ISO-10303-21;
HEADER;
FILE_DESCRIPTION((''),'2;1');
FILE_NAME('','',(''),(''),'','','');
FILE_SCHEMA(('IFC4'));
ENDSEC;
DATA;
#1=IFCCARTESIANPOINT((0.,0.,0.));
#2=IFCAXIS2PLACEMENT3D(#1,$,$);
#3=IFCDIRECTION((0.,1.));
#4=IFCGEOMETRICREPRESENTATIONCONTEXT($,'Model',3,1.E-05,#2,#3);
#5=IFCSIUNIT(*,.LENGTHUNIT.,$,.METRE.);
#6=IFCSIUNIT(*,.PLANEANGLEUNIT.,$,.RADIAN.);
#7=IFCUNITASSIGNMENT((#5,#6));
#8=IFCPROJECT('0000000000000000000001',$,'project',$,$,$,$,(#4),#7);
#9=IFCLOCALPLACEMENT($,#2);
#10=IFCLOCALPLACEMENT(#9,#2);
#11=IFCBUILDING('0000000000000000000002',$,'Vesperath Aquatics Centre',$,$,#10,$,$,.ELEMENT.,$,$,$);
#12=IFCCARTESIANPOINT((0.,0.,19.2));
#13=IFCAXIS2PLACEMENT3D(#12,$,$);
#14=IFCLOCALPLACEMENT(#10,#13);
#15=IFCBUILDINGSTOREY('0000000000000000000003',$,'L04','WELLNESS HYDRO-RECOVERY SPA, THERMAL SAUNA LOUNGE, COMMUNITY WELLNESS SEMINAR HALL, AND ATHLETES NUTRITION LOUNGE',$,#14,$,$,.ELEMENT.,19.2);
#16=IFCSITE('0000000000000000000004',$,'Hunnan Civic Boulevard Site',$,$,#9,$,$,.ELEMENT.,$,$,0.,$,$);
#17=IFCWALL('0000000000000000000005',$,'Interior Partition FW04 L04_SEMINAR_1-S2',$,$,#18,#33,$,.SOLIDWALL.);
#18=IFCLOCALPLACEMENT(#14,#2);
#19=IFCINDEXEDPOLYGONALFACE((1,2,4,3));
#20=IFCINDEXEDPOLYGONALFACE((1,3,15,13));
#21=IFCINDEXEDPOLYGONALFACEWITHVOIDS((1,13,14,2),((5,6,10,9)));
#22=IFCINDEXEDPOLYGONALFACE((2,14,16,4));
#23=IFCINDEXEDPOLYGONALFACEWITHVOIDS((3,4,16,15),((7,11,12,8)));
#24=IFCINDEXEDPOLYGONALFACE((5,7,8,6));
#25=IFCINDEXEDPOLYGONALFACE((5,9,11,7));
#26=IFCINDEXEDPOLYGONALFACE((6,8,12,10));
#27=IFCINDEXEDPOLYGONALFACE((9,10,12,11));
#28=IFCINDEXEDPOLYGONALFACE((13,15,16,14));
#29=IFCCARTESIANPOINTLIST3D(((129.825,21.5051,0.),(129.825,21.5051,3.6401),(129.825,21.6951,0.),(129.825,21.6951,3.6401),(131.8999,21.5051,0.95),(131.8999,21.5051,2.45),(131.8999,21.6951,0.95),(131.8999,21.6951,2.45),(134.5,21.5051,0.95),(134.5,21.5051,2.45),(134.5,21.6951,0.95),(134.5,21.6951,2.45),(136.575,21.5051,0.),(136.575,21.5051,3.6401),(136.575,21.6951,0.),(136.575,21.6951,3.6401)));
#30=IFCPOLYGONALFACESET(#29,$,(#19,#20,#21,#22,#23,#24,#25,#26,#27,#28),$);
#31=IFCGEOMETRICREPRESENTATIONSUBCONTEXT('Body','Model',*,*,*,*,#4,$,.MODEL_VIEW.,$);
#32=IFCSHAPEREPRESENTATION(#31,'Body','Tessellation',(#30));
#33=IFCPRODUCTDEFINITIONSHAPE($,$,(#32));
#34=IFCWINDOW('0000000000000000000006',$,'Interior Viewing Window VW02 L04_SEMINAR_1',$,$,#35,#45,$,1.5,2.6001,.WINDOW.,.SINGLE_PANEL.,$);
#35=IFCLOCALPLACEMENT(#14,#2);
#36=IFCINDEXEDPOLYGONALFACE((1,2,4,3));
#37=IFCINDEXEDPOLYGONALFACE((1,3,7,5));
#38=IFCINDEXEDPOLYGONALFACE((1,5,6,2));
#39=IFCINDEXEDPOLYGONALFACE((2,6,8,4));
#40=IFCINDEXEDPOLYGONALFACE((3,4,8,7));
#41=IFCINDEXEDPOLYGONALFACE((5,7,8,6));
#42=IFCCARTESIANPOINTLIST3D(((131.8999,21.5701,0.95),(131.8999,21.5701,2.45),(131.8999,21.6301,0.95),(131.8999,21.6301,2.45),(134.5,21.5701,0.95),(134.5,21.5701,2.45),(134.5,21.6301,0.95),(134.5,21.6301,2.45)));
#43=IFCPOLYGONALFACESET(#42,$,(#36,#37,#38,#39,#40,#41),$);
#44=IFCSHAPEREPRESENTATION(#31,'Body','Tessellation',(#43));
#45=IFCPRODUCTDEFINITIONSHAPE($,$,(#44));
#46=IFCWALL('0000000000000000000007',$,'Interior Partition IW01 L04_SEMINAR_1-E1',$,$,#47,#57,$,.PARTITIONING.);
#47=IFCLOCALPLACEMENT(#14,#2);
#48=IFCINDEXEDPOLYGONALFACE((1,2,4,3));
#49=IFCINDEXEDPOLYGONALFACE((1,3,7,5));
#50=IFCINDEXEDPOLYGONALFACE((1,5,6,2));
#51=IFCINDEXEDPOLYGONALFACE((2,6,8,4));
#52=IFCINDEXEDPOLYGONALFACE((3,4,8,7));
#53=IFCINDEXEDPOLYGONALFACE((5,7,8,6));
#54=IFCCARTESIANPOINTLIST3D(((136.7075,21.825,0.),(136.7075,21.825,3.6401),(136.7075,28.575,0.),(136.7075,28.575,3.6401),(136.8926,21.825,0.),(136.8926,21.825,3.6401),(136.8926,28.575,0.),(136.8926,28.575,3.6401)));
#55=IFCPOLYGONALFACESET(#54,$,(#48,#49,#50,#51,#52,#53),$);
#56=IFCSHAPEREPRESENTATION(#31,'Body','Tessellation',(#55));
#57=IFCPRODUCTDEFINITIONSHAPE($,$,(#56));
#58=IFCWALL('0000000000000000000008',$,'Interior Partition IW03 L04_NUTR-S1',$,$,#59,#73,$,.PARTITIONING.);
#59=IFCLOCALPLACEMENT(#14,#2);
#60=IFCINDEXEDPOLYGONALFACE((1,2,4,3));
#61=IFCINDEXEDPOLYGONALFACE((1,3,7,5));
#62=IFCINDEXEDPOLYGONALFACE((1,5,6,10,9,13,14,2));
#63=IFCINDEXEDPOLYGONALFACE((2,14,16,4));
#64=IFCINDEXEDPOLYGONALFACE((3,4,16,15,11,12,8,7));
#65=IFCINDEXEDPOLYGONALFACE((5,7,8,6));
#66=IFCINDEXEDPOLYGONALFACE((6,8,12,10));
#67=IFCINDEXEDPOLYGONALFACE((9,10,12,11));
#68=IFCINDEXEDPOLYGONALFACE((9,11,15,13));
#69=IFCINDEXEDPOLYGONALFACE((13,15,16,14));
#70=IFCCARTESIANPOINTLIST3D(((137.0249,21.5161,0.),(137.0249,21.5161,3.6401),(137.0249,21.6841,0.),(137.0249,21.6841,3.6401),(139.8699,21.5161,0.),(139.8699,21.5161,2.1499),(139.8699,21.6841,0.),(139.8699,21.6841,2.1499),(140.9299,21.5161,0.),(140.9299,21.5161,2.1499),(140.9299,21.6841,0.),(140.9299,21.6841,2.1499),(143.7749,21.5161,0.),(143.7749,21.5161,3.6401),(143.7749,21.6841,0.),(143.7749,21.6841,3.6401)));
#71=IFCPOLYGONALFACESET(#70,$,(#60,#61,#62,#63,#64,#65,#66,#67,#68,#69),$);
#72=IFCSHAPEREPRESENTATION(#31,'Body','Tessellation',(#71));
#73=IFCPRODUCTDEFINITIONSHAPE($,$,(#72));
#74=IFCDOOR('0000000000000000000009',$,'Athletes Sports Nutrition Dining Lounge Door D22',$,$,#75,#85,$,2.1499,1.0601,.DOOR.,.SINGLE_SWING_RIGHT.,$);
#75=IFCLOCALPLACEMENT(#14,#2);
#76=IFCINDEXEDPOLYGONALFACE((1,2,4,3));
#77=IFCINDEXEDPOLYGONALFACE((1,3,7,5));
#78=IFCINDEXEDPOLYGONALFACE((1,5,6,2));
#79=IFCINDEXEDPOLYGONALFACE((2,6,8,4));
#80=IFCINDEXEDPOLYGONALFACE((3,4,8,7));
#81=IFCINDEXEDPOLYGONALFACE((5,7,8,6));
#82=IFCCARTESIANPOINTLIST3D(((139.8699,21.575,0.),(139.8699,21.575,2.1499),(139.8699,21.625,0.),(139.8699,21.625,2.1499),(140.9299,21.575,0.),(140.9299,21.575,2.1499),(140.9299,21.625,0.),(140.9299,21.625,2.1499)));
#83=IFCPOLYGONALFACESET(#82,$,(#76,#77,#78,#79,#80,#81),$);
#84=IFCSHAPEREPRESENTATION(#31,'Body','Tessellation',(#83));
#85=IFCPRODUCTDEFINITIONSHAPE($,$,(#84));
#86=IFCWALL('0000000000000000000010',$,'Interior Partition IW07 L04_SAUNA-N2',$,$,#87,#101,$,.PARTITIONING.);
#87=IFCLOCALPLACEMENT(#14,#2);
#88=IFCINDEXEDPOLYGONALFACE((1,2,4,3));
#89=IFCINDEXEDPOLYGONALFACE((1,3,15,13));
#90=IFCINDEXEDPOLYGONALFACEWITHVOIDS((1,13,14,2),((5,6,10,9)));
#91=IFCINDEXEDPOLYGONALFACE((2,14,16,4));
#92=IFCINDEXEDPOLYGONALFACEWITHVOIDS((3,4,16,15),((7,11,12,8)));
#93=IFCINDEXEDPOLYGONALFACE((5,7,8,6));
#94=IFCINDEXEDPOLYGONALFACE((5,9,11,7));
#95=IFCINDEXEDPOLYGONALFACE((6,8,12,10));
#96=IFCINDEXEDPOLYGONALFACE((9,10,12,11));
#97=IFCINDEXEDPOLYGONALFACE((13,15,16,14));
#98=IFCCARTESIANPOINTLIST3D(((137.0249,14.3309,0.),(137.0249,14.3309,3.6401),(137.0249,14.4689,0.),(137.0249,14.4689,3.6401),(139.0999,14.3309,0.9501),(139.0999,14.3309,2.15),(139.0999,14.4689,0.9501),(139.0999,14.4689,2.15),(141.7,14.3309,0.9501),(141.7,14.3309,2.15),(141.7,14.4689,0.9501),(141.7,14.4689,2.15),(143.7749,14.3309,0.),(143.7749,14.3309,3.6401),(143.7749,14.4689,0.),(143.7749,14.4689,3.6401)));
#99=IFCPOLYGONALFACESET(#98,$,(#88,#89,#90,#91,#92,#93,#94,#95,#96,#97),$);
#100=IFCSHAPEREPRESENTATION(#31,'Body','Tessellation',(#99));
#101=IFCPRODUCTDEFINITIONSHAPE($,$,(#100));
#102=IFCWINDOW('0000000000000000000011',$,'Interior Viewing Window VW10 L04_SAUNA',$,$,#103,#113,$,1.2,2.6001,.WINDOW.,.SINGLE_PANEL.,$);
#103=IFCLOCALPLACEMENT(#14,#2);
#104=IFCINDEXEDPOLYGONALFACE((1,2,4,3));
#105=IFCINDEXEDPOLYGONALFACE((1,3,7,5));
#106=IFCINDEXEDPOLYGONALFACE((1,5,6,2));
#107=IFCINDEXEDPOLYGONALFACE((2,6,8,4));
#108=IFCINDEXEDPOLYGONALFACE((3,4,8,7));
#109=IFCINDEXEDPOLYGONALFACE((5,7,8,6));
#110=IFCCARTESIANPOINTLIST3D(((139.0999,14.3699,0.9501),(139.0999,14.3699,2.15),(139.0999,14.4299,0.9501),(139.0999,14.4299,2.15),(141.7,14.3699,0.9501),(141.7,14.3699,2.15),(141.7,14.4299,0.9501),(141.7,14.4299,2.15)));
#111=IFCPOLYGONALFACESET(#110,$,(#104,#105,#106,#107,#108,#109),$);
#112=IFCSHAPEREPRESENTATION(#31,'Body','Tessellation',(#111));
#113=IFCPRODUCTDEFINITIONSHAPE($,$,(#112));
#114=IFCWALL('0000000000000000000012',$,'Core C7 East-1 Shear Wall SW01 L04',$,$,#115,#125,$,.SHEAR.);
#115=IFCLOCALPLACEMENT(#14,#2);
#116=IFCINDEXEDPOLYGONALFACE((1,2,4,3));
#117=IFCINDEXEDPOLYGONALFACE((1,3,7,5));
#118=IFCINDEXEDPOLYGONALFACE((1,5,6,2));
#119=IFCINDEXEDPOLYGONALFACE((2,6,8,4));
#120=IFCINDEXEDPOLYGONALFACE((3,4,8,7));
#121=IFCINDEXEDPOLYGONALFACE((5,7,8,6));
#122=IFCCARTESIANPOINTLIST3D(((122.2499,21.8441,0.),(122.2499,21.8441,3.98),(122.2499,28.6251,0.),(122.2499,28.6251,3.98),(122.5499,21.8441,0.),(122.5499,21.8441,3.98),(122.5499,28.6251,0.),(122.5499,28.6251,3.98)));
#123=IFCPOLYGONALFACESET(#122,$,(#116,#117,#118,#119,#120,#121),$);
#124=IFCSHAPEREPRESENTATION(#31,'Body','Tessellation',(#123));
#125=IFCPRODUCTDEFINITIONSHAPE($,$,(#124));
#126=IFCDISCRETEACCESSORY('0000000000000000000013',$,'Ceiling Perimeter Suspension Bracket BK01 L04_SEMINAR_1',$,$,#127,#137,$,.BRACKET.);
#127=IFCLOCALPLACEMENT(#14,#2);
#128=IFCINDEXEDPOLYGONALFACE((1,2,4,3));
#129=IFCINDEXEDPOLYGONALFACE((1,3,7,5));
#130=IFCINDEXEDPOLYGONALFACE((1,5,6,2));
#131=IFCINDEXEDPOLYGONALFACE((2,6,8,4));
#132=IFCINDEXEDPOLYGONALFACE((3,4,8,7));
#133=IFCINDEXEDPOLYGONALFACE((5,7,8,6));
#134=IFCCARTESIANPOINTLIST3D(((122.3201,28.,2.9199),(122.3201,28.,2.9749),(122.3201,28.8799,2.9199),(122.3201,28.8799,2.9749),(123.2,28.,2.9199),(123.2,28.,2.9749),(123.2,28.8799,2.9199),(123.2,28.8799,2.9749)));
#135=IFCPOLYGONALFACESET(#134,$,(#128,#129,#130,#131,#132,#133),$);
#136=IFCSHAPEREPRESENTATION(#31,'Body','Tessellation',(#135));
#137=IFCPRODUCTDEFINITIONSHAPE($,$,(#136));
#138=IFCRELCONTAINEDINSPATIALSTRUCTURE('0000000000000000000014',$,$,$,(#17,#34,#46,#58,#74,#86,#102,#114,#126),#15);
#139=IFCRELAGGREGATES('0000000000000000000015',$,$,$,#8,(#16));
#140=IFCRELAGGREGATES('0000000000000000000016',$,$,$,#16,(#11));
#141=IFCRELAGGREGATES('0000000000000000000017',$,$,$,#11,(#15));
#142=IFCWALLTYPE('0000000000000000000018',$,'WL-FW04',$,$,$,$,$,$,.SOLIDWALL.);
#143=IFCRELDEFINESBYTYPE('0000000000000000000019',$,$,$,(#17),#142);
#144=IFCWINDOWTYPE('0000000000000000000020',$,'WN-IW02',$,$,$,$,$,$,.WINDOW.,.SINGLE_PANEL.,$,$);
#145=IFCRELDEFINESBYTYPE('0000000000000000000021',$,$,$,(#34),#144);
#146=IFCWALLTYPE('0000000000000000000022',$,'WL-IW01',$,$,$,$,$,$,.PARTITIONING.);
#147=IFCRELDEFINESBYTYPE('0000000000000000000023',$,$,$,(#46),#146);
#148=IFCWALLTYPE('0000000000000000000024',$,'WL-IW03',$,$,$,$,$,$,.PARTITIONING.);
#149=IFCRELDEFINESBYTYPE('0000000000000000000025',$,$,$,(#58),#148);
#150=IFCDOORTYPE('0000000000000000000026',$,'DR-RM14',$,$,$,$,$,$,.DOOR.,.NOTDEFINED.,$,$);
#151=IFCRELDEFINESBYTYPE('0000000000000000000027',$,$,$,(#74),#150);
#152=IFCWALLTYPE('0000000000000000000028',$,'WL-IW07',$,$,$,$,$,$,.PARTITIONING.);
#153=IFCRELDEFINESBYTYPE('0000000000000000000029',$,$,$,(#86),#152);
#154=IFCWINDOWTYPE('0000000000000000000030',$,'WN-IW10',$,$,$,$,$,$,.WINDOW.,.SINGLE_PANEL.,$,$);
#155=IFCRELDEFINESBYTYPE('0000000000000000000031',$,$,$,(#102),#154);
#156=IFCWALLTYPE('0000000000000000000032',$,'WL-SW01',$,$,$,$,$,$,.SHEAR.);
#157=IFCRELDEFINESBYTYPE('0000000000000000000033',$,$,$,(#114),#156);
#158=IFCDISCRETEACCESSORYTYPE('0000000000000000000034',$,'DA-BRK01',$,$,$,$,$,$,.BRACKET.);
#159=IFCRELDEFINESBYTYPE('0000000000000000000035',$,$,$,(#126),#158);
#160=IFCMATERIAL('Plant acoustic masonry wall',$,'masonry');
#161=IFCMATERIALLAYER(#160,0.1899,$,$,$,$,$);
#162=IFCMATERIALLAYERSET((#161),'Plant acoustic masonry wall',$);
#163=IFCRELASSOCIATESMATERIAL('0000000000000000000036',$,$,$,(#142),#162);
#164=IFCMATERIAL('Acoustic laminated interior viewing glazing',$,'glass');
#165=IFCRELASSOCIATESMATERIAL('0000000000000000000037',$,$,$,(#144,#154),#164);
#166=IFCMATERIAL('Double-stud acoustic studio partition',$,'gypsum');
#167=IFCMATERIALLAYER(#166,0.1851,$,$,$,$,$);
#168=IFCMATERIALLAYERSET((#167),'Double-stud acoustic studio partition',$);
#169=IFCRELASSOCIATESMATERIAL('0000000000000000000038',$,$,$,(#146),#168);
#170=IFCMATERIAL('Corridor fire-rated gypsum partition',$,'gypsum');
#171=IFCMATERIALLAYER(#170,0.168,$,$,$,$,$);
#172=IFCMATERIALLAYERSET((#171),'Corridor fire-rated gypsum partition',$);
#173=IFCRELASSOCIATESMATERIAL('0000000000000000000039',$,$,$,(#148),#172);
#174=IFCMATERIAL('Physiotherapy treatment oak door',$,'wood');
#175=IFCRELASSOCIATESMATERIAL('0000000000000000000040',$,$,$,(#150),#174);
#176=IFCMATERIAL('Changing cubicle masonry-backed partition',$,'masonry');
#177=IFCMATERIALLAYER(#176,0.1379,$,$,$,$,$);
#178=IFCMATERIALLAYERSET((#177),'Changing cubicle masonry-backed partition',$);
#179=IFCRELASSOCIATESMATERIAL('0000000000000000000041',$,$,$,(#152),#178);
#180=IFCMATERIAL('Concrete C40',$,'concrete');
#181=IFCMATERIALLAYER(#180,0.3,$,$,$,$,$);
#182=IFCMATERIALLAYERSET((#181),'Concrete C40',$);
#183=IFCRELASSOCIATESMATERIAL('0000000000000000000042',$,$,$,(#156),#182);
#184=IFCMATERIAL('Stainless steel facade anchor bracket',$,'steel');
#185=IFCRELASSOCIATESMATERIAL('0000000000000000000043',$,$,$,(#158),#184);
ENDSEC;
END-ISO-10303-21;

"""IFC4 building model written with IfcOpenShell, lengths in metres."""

from ifc_helpers import new_model, si_unit, direction, frame, frame_2d, origin, origin_2d, place, context, subcontext, project, spatial, rectangle, extrude, material, layer, layer_set, type_object, element, fill, save


model = new_model("IFC4")

# Units and contexts
model_context = context("Model", 3, precision=1e-05, world=origin(), true_north=direction((0.0, 1.0)))
body_context = subcontext(model_context, "Body", "Model", "MODEL_VIEW")
ifc_project = project(units=[si_unit("LENGTHUNIT", "METRE"), si_unit("PLANEANGLEUNIT", "RADIAN")], contexts=[model_context])

# Site, building, storey
site_placement = place(None, origin())
site = spatial("IfcSite", under=ifc_project, at=site_placement, Name="Hunnan Civic Boulevard Site", CompositionType="ELEMENT", RefElevation=0.0)
building_placement = place(site_placement, origin())
building = spatial("IfcBuilding", under=site, at=building_placement, Name="Vesperath Aquatics Centre", CompositionType="ELEMENT")
storey_placement = place(building_placement, frame((0.0, 0.0, 19.2)))
storey = spatial("IfcBuildingStorey", under=building, at=storey_placement, Name="L04", Description="WELLNESS HYDRO-RECOVERY SPA, THERMAL SAUNA LOUNGE, COMMUNITY WELLNESS SEMINAR HALL, AND ATHLETES NUTRITION LOUNGE", CompositionType="ELEMENT", Elevation=19.2)

# Wall, opening, window
ifc_material_1 = material(Name="Plant acoustic masonry wall", Category="masonry")
ifc_layer_1 = layer(ifc_material_1, 0.1899)
ifc_layer_set_1 = layer_set([ifc_layer_1], Name="Plant acoustic masonry wall")
wall_type_1 = type_object("IfcWallType", Name="WL-FW04", PredefinedType="SOLIDWALL", material=ifc_layer_set_1)
wall_1_placement = place(storey_placement, frame((129.825, 21.6001, 0.0), z_axis=(0.0, 0.0, 1.0), x_axis=(1.0, 0.0, 0.0)))
wall_1 = element("IfcWall", 1, at=wall_1_placement, inside=storey, type_object=wall_type_1, Name="Interior Partition FW04 L04_SEMINAR_1-S2", PredefinedType="SOLIDWALL", context=body_context, shape_type="SweptSolid", body=[
    extrude(rectangle(XDim=6.75, YDim=0.1899, at=frame_2d((3.375, 0.0))), origin(), (0.0, 0.0, 1.0), 3.6401),
])
opening_1_placement = place(wall_1_placement, frame((2.075, 0.0, 0.95)))
opening_1 = element("IfcOpeningElement", 2, at=opening_1_placement, cuts=wall_1, PredefinedType="OPENING", context=body_context, shape_type="SweptSolid", body=[
    extrude(rectangle(XDim=2.6001, YDim=1.5, at=frame_2d((1.3, 0.75))), frame((0.0, 0.1099, 0.0), z_axis=(0.0, -1.0, 0.0), x_axis=(1.0, 0.0, 0.0)), (0.0, 0.0, 1.0), 0.2197),
])
ifc_material_2 = material(Name="Acoustic laminated interior viewing glazing", Category="glass")
window_type_1 = type_object("IfcWindowType", Name="WN-IW02", PartitioningType="SINGLE_PANEL", PredefinedType="WINDOW", material=ifc_material_2)
window_1_placement = place(opening_1_placement, origin())
window_1 = element("IfcWindow", 3, at=window_1_placement, inside=storey, type_object=window_type_1, Name="Interior Viewing Window VW02 L04_SEMINAR_1", OverallHeight=1.5, OverallWidth=2.6001, PartitioningType="SINGLE_PANEL", PredefinedType="WINDOW", context=body_context, shape_type="SweptSolid", body=[
    extrude(rectangle(XDim=2.6001, YDim=1.5, at=frame_2d((1.3, 0.75))), frame((0.0, 0.03, 0.0), z_axis=(0.0, -1.0, 0.0), x_axis=(1.0, 0.0, 0.0)), (0.0, 0.0, 1.0), 0.0601),
])
fill(opening_1, window_1)

# Wall
ifc_material_3 = material(Name="Double-stud acoustic studio partition", Category="gypsum")
ifc_layer_2 = layer(ifc_material_3, 0.1851)
ifc_layer_set_2 = layer_set([ifc_layer_2], Name="Double-stud acoustic studio partition")
wall_type_2 = type_object("IfcWallType", Name="WL-IW01", PredefinedType="PARTITIONING", material=ifc_layer_set_2)
wall_2_placement = place(storey_placement, frame((136.8, 21.825, 0.0), z_axis=(0.0, 0.0, 1.0), x_axis=(0.0, 1.0, 0.0)))
element("IfcWall", 4, at=wall_2_placement, inside=storey, type_object=wall_type_2, Name="Interior Partition IW01 L04_SEMINAR_1-E1", PredefinedType="PARTITIONING", context=body_context, shape_type="SweptSolid", body=[
    extrude(rectangle(XDim=6.75, YDim=0.1851, at=frame_2d((3.375, 0.0))), origin(), (0.0, 0.0, 1.0), 3.6401),
])

# Wall, opening, door
ifc_material_4 = material(Name="Corridor fire-rated gypsum partition", Category="gypsum")
ifc_layer_3 = layer(ifc_material_4, 0.168)
ifc_layer_set_3 = layer_set([ifc_layer_3], Name="Corridor fire-rated gypsum partition")
wall_type_3 = type_object("IfcWallType", Name="WL-IW03", PredefinedType="PARTITIONING", material=ifc_layer_set_3)
wall_3_placement = place(storey_placement, frame((137.0249, 21.6001, 0.0), z_axis=(0.0, 0.0, 1.0), x_axis=(1.0, 0.0, 0.0)))
wall_3 = element("IfcWall", 5, at=wall_3_placement, inside=storey, type_object=wall_type_3, Name="Interior Partition IW03 L04_NUTR-S1", PredefinedType="PARTITIONING", context=body_context, shape_type="SweptSolid", body=[
    extrude(rectangle(XDim=6.75, YDim=0.168, at=frame_2d((3.375, 0.0))), origin(), (0.0, 0.0, 1.0), 3.6401),
])
opening_2_placement = place(wall_3_placement, frame((2.845, 0.0, 0.0)))
opening_2 = element("IfcOpeningElement", 6, at=opening_2_placement, cuts=wall_3, PredefinedType="OPENING", context=body_context, shape_type="SweptSolid", body=[
    extrude(rectangle(XDim=1.0601, YDim=2.1499, at=frame_2d((0.53, 1.075))), frame((0.0, 0.0989, 0.0), z_axis=(0.0, -1.0, 0.0), x_axis=(1.0, 0.0, 0.0)), (0.0, 0.0, 1.0), 0.1978),
])
ifc_material_5 = material(Name="Physiotherapy treatment oak door", Category="wood")
door_type_1 = type_object("IfcDoorType", Name="DR-RM14", OperationType="NOTDEFINED", PredefinedType="DOOR", material=ifc_material_5)
door_1_placement = place(opening_2_placement, origin())
door_1 = element("IfcDoor", 7, at=door_1_placement, inside=storey, type_object=door_type_1, Name="Athletes Sports Nutrition Dining Lounge Door D22", OperationType="SINGLE_SWING_RIGHT", OverallHeight=2.1499, OverallWidth=1.0601, PredefinedType="DOOR", context=body_context, shape_type="SweptSolid", body=[
    extrude(rectangle(XDim=1.0601, YDim=2.1499, at=frame_2d((0.53, 1.075))), frame((0.0, 0.0249, 0.0), z_axis=(0.0, -1.0, 0.0), x_axis=(1.0, 0.0, 0.0)), (0.0, 0.0, 1.0), 0.05),
])
fill(opening_2, door_1)

# Wall, opening, window
ifc_material_6 = material(Name="Changing cubicle masonry-backed partition", Category="masonry")
ifc_layer_4 = layer(ifc_material_6, 0.1379)
ifc_layer_set_4 = layer_set([ifc_layer_4], Name="Changing cubicle masonry-backed partition")
wall_type_4 = type_object("IfcWallType", Name="WL-IW07", PredefinedType="PARTITIONING", material=ifc_layer_set_4)
wall_4_placement = place(storey_placement, frame((137.0249, 14.3999, 0.0), z_axis=(0.0, 0.0, 1.0), x_axis=(1.0, 0.0, 0.0)))
wall_4 = element("IfcWall", 8, at=wall_4_placement, inside=storey, type_object=wall_type_4, Name="Interior Partition IW07 L04_SAUNA-N2", PredefinedType="PARTITIONING", context=body_context, shape_type="SweptSolid", body=[
    extrude(rectangle(XDim=6.75, YDim=0.1379, at=frame_2d((3.375, 0.0))), origin(), (0.0, 0.0, 1.0), 3.6401),
])
opening_3_placement = place(wall_4_placement, frame((2.075, 0.0, 0.95)))
opening_3 = element("IfcOpeningElement", 9, at=opening_3_placement, cuts=wall_4, PredefinedType="OPENING", context=body_context, shape_type="SweptSolid", body=[
    extrude(rectangle(XDim=2.6001, YDim=1.2, at=frame_2d((1.3, 0.6001))), frame((0.0, 0.084, 0.0), z_axis=(0.0, -1.0, 0.0), x_axis=(1.0, 0.0, 0.0)), (0.0, 0.0, 1.0), 0.1677),
])
window_type_2 = type_object("IfcWindowType", Name="WN-IW10", PartitioningType="SINGLE_PANEL", PredefinedType="WINDOW", material=ifc_material_2)
window_2_placement = place(opening_3_placement, origin())
window_2 = element("IfcWindow", 10, at=window_2_placement, inside=storey, type_object=window_type_2, Name="Interior Viewing Window VW10 L04_SAUNA", OverallHeight=1.2, OverallWidth=2.6001, PartitioningType="SINGLE_PANEL", PredefinedType="WINDOW", context=body_context, shape_type="SweptSolid", body=[
    extrude(rectangle(XDim=2.6001, YDim=1.2, at=frame_2d((1.3, 0.6001))), frame((0.0, 0.03, 0.0), z_axis=(0.0, -1.0, 0.0), x_axis=(1.0, 0.0, 0.0)), (0.0, 0.0, 1.0), 0.0601),
])
fill(opening_3, window_2)

# Wall
ifc_material_7 = material(Name="Concrete C40", Category="concrete")
ifc_layer_5 = layer(ifc_material_7, 0.3)
ifc_layer_set_5 = layer_set([ifc_layer_5], Name="Concrete C40")
wall_type_5 = type_object("IfcWallType", Name="WL-SW01", PredefinedType="SHEAR", material=ifc_layer_set_5)
wall_5_placement = place(storey_placement, frame((122.3999, 21.844, 0.0), z_axis=(0.0, 0.0, 1.0), x_axis=(0.0, 1.0, 0.0)))
element("IfcWall", 11, at=wall_5_placement, inside=storey, type_object=wall_type_5, Name="Core C7 East-1 Shear Wall SW01 L04", PredefinedType="SHEAR", context=body_context, shape_type="SweptSolid", body=[
    extrude(rectangle(XDim=6.781, YDim=0.3, at=frame_2d((3.3906, 0.0))), origin(), (0.0, 0.0, 1.0), 3.98),
])

# Discrete accessory
ifc_material_8 = material(Name="Stainless steel facade anchor bracket", Category="steel")
discrete_accessory_type = type_object("IfcDiscreteAccessoryType", Name="DA-BRK01", PredefinedType="BRACKET", material=ifc_material_8)
discrete_accessory_placement = place(storey_placement, frame((122.76, 28.4399, 2.9199), z_axis=(0.0, 0.0, 1.0), x_axis=(1.0, 0.0, 0.0)))
element("IfcDiscreteAccessory", 12, at=discrete_accessory_placement, inside=storey, type_object=discrete_accessory_type, Name="Ceiling Perimeter Suspension Bracket BK01 L04_SEMINAR_1", PredefinedType="BRACKET", context=body_context, shape_type="SweptSolid", body=[
    extrude(rectangle(XDim=0.8799, YDim=0.8799, at=origin_2d()), origin(), (0.0, 0.0, 1.0), 0.0549),
])

save(model, "model.ifc")
